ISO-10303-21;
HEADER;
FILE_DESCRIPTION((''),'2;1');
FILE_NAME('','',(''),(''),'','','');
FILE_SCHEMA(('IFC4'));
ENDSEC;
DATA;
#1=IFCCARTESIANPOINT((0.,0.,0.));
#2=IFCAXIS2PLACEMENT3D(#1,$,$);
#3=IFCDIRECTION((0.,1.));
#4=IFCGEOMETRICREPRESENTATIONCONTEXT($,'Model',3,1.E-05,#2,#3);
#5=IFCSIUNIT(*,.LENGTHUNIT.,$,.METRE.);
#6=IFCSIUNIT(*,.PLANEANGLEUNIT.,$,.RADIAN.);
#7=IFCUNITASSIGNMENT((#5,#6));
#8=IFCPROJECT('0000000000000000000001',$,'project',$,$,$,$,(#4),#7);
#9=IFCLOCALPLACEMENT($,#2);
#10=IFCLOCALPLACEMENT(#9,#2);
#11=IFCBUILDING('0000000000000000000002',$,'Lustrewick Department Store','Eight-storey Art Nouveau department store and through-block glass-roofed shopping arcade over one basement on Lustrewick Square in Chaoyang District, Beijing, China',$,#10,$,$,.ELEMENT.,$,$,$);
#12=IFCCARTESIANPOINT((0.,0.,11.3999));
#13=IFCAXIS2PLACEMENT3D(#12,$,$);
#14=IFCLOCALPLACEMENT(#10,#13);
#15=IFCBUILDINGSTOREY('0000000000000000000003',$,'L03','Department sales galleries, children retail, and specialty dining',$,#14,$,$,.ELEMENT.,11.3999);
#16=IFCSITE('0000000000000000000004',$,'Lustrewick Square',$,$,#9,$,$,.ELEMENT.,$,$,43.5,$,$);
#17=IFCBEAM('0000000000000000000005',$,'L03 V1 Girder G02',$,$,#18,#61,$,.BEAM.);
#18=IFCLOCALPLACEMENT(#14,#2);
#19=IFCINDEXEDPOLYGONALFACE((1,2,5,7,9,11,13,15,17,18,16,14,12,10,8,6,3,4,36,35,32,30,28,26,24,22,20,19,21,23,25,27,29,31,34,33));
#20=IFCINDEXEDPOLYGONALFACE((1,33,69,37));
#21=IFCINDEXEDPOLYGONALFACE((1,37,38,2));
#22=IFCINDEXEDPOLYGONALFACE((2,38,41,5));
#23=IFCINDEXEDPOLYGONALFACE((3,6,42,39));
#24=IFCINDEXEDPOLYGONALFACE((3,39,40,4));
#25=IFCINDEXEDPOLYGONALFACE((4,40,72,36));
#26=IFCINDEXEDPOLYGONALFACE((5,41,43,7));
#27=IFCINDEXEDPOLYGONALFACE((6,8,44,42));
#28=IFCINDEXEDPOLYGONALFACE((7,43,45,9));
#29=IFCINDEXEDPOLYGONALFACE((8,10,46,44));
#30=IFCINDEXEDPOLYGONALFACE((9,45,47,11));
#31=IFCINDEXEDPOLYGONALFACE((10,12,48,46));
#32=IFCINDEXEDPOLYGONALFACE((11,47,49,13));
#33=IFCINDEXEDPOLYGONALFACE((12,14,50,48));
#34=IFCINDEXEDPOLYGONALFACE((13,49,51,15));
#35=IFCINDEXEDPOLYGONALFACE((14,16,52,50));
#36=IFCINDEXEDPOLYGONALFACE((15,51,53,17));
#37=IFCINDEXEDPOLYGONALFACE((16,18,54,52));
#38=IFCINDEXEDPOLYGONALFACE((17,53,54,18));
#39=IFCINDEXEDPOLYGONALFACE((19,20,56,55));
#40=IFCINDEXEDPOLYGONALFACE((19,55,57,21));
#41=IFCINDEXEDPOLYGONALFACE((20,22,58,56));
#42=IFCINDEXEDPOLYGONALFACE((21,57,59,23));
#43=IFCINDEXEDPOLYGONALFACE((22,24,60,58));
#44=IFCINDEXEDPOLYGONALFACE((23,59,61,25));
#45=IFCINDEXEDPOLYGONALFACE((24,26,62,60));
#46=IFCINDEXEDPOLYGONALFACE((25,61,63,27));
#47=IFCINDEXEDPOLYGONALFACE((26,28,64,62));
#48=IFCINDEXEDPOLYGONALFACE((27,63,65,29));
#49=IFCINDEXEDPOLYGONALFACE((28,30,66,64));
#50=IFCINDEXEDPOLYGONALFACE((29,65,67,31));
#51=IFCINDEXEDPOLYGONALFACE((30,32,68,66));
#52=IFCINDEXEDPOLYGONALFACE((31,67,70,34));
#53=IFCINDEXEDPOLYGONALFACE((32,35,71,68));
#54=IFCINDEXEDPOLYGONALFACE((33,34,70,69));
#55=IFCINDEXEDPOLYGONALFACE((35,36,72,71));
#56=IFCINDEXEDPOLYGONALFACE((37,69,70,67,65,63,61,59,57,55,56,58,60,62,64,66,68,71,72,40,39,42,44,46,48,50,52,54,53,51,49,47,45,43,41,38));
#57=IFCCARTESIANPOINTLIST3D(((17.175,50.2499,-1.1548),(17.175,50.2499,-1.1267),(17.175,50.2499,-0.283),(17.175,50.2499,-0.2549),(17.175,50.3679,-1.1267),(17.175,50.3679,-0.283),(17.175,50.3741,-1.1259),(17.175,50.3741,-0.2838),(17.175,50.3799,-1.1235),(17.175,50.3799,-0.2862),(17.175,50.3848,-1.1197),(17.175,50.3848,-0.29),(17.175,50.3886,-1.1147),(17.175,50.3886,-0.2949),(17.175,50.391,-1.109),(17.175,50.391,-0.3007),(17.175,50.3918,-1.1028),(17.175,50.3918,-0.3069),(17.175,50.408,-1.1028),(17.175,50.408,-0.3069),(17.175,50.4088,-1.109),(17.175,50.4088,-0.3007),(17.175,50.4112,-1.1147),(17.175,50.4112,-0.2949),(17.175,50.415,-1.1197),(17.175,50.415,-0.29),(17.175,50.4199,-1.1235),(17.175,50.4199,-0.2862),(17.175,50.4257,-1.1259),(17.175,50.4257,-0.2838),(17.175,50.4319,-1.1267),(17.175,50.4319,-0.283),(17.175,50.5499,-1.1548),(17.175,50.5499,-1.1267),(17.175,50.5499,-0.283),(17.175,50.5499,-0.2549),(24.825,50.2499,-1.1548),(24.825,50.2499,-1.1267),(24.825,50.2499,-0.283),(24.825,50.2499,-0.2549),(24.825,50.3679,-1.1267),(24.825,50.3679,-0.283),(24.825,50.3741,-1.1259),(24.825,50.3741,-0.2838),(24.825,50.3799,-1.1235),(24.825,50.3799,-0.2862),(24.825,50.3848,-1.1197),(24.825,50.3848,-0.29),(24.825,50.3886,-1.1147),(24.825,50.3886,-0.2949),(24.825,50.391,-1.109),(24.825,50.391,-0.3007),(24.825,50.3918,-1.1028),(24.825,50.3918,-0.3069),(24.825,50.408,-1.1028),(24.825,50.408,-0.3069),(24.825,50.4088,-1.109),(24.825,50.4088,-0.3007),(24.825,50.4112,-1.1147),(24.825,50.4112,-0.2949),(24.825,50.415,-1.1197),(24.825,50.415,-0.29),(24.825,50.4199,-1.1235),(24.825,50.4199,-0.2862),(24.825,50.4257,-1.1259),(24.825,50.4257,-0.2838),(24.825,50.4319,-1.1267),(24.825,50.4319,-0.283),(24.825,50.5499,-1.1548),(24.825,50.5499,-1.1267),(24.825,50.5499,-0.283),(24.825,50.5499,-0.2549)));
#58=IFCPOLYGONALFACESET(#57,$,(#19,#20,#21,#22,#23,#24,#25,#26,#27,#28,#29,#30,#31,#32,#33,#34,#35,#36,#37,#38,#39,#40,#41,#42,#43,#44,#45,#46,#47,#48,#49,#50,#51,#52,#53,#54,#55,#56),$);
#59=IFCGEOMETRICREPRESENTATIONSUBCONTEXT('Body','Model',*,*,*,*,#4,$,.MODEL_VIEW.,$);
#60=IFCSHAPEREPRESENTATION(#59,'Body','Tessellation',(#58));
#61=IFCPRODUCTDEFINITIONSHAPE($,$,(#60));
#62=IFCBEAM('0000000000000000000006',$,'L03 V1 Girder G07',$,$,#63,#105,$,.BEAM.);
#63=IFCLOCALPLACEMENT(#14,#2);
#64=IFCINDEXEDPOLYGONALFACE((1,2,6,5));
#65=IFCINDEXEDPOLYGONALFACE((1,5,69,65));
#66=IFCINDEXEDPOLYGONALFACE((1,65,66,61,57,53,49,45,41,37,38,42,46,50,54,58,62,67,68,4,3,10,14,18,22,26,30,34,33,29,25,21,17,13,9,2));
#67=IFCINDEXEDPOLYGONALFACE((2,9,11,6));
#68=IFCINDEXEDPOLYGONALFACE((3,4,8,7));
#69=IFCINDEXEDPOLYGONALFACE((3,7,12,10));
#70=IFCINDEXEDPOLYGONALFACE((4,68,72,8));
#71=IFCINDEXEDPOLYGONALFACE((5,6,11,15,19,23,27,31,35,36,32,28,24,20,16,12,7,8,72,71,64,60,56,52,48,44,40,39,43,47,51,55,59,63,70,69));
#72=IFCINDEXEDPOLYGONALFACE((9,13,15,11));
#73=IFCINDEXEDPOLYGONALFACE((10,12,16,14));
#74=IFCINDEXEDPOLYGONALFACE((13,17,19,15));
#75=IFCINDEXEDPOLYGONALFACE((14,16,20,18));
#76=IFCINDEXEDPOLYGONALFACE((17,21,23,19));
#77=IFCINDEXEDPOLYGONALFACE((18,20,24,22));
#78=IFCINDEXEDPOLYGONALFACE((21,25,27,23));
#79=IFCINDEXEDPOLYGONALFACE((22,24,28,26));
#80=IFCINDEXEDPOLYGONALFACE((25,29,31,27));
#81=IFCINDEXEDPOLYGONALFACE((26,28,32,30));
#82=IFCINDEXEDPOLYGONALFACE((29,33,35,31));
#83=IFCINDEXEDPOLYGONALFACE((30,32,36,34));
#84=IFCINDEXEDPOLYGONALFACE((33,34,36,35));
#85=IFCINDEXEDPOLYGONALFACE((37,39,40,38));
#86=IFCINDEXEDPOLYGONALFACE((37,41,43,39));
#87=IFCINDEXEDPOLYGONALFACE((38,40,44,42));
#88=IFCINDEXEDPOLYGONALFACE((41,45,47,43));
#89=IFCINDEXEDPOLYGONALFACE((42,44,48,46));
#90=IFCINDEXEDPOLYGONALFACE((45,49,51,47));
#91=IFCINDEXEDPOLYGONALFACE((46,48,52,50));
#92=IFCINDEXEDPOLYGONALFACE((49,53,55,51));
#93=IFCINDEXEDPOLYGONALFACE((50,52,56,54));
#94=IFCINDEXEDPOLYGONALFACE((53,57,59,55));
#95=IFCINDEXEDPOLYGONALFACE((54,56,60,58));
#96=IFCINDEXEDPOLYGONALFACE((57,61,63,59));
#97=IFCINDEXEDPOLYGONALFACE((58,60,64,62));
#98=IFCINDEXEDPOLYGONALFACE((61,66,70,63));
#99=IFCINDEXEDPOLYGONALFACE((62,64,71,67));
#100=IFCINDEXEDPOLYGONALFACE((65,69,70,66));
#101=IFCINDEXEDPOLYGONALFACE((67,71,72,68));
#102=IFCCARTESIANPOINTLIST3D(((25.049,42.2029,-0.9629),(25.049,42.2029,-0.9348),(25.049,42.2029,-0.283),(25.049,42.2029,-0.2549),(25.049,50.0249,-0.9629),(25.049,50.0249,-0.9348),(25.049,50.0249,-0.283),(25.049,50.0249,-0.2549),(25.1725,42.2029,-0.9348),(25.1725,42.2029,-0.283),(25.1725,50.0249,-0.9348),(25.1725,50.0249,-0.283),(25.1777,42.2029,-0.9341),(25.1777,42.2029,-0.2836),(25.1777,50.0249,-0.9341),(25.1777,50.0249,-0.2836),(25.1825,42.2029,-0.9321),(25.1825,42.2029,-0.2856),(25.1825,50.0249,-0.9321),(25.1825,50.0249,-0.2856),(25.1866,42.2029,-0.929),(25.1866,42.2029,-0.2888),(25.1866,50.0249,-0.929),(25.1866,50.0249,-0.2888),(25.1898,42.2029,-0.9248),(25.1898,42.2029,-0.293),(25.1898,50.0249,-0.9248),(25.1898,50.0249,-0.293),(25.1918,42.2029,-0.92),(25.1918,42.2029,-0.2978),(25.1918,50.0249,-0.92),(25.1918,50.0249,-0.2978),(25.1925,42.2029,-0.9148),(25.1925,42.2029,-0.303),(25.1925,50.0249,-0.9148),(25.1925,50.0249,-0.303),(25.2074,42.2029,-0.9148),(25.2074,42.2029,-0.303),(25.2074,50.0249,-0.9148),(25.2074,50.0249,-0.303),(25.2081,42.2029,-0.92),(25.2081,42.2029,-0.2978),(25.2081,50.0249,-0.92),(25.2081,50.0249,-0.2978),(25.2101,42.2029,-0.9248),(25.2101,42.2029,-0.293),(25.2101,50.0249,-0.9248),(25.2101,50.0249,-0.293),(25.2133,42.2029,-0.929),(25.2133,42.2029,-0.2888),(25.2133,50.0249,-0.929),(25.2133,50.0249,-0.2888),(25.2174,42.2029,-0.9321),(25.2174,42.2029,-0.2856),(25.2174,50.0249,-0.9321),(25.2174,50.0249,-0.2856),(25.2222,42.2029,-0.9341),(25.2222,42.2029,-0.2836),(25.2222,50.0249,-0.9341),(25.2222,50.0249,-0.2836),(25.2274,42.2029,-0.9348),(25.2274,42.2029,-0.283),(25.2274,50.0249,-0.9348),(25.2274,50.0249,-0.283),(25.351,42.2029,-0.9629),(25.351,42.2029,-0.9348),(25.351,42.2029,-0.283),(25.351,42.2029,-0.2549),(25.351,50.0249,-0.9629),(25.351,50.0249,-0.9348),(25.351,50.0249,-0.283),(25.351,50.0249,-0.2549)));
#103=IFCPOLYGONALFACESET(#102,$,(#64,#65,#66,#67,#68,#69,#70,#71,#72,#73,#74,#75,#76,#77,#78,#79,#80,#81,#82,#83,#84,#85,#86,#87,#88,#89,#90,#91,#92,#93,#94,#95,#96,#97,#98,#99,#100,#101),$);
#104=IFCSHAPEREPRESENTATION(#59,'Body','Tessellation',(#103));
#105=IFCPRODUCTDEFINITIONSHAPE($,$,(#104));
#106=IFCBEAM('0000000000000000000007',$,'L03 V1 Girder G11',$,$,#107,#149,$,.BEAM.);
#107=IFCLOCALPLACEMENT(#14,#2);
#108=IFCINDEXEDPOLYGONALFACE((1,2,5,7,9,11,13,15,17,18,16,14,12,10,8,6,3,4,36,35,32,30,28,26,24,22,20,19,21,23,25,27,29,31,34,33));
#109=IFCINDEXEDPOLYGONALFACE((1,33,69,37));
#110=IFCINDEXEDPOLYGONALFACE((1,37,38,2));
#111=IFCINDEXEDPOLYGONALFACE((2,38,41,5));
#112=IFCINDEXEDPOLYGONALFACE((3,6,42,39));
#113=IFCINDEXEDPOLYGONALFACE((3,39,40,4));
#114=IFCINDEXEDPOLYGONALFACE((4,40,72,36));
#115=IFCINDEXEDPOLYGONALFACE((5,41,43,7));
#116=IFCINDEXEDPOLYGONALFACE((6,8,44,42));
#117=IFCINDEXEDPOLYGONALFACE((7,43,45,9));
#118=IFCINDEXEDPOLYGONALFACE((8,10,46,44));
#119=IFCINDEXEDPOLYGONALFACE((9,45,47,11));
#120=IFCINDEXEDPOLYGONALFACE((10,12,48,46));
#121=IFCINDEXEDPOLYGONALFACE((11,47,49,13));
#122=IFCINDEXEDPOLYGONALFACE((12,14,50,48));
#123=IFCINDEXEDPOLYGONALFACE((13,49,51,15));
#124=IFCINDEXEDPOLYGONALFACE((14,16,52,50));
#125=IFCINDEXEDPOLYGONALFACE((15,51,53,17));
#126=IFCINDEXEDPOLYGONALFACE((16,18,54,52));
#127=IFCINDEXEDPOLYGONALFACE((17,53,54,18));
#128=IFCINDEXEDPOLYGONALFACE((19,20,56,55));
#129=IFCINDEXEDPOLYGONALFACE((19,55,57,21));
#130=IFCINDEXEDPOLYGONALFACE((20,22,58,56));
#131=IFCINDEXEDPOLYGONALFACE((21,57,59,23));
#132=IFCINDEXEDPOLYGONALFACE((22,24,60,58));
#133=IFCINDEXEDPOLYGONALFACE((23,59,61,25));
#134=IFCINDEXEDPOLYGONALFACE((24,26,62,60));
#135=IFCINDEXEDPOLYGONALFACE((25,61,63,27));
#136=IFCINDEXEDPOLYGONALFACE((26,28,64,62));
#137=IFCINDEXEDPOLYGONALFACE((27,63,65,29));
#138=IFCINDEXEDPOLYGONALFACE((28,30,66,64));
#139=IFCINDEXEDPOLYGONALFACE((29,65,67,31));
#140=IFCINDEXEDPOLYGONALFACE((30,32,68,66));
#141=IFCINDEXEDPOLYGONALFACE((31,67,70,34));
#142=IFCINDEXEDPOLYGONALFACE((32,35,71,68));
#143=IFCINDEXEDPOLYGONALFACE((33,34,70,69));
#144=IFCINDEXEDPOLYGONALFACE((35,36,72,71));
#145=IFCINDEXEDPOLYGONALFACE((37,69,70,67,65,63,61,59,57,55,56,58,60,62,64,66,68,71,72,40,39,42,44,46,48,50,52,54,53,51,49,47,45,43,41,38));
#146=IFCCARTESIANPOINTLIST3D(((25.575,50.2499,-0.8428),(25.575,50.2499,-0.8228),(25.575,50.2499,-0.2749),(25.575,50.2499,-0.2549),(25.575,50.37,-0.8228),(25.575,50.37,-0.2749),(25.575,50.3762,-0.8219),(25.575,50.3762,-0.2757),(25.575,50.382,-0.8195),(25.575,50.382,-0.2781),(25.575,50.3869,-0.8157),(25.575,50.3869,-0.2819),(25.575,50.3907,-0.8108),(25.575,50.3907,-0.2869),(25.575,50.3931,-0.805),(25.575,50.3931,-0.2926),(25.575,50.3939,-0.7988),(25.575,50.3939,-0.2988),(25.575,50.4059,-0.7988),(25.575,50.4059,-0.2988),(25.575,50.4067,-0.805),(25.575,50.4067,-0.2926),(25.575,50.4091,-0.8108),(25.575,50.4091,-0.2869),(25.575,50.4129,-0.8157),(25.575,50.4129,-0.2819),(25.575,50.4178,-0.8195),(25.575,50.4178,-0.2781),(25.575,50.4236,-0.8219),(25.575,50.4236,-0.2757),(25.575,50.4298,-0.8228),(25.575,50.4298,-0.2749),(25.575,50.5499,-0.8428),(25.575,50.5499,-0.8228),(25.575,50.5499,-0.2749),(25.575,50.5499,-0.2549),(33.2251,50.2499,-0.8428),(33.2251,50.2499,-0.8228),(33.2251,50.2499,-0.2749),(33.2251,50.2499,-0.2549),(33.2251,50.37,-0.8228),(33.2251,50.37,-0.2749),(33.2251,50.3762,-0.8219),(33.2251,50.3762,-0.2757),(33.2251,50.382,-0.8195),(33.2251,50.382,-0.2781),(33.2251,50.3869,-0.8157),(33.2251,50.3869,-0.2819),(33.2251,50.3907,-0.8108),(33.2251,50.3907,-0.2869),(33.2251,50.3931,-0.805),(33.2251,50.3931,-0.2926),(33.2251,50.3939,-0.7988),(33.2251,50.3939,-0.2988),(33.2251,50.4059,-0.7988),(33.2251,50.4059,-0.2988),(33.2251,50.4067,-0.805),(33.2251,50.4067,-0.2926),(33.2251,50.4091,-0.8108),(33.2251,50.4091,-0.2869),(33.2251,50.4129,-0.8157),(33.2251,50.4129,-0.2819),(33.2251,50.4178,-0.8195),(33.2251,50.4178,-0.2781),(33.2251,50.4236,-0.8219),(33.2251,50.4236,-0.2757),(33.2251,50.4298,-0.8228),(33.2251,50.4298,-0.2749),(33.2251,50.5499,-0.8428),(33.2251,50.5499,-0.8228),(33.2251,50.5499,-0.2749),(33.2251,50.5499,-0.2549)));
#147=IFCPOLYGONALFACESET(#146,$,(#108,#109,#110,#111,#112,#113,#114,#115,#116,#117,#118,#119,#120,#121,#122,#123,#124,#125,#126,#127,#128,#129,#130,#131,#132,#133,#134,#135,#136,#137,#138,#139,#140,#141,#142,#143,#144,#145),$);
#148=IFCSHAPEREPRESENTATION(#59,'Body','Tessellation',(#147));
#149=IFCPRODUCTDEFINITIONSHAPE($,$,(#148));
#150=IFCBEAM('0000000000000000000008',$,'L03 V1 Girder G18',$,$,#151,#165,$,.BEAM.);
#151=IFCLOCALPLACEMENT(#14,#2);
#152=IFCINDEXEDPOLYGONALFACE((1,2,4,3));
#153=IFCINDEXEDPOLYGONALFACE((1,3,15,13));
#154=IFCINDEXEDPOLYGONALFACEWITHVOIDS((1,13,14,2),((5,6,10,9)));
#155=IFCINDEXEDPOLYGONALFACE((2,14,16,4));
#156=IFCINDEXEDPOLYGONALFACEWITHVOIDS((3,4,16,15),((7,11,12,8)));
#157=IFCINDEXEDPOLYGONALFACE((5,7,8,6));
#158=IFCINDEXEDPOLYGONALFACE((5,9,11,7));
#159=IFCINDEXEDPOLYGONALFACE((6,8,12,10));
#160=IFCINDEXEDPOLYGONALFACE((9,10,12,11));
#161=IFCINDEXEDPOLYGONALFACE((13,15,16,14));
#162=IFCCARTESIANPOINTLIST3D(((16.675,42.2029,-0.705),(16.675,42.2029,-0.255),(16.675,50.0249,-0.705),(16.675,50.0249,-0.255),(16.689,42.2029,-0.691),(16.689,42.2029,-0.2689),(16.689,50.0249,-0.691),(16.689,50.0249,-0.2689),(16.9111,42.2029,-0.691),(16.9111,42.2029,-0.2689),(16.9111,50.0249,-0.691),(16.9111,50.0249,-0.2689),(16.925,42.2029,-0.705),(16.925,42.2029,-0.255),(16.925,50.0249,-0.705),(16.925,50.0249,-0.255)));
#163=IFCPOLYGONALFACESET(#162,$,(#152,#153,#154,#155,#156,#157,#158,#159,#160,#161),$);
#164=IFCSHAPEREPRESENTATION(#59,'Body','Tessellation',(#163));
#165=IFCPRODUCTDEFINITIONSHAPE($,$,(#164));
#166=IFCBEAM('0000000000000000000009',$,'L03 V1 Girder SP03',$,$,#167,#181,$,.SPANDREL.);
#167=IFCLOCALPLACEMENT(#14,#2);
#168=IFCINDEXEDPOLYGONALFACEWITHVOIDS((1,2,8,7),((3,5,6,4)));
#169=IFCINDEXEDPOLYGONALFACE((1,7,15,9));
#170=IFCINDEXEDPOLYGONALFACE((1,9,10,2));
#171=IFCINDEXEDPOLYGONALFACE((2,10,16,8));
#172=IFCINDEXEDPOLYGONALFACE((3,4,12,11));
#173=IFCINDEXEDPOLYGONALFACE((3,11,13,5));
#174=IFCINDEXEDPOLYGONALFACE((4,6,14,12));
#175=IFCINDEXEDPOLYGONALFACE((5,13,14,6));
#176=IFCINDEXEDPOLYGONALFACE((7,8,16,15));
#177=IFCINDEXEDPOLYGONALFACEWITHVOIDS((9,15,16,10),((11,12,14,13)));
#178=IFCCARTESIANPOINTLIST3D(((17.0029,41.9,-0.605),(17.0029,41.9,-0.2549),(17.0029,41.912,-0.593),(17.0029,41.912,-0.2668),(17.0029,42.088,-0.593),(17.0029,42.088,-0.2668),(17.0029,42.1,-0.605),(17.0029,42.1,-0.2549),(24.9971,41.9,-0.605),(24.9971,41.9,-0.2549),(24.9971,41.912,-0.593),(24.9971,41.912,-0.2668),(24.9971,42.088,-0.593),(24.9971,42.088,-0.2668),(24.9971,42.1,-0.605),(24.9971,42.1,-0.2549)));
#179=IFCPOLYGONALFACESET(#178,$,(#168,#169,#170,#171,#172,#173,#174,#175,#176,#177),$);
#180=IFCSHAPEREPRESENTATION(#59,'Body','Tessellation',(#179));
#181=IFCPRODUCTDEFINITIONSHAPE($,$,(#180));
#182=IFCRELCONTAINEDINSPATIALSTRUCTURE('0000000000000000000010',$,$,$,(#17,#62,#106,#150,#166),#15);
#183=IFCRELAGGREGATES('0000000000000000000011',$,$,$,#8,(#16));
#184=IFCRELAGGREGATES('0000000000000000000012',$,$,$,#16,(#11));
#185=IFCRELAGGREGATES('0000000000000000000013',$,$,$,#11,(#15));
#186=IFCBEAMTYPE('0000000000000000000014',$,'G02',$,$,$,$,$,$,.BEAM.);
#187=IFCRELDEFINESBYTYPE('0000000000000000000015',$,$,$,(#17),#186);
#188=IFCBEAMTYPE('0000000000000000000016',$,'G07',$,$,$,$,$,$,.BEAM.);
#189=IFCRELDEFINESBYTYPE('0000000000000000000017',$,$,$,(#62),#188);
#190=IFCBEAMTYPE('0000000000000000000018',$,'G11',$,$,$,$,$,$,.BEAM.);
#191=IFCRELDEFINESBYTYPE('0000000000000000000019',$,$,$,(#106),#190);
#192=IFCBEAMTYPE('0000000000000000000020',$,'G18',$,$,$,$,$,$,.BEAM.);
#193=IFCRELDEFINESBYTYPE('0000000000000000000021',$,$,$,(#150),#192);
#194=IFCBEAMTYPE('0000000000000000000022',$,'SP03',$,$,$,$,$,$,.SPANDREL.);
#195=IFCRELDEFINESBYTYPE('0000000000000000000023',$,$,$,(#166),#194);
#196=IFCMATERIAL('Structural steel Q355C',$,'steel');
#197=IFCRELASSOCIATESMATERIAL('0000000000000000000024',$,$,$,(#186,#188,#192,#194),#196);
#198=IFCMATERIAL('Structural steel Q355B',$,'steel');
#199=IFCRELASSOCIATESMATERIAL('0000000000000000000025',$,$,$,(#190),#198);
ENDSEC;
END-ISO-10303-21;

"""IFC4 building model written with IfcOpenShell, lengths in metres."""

from ifc_helpers import new_model, si_unit, direction, frame, origin, origin_2d, place, context, subcontext, project, spatial, hollow_rectangle, i_section, extrude, material, material_profile, profile_set, type_object, element, save


model = new_model("IFC4")

# Units and contexts
model_context = context("Model", 3, precision=1e-05, world=origin(), true_north=direction((0.0, 1.0)))
body_context = subcontext(model_context, "Body", "Model", "MODEL_VIEW")
ifc_project = project(units=[si_unit("LENGTHUNIT", "METRE"), si_unit("PLANEANGLEUNIT", "RADIAN")], contexts=[model_context])

# Site, building, storey
site_placement = place(None, origin())
site = spatial("IfcSite", under=ifc_project, at=site_placement, Name="Lustrewick Square", CompositionType="ELEMENT", RefElevation=43.5)
building_placement = place(site_placement, origin())
building = spatial("IfcBuilding", under=site, at=building_placement, Name="Lustrewick Department Store", Description="Eight-storey Art Nouveau department store and through-block glass-roofed shopping arcade over one basement on Lustrewick Square in Chaoyang District, Beijing, China", CompositionType="ELEMENT")
storey_placement = place(building_placement, frame((0.0, 0.0, 11.3999)))
storey = spatial("IfcBuildingStorey", under=building, at=storey_placement, Name="L03", Description="Department sales galleries, children retail, and specialty dining", CompositionType="ELEMENT", Elevation=11.3999)

# Shared definitions
ifc_material_1 = material(Name="Structural steel Q355B", Category="steel")
ifc_material_2 = material(Name="Structural steel Q355C", Category="steel")

# Beams
ifc_material_profile_1 = material_profile(ifc_material_2, i_section(OverallWidth=0.3, OverallDepth=0.8999, WebThickness=0.0161, FlangeThickness=0.0281, FilletRadius=0.0239, at=origin_2d()), Name="HN 900x300x16x28")
ifc_profile_set_1 = profile_set([ifc_material_profile_1], Name="Structural steel Q355C")
beam_type_1 = type_object("IfcBeamType", Name="G02", PredefinedType="BEAM", material=ifc_profile_set_1)
beam_1_placement = place(storey_placement, frame((17.175, 50.3999, -0.7048), z_axis=(1.0, 0.0, 0.0), x_axis=(0.0, 1.0, 0.0)))
element("IfcBeam", 1, at=beam_1_placement, inside=storey, type_object=beam_type_1, Name="L03 V1 Girder G02", PredefinedType="BEAM", context=body_context, shape_type="SweptSolid", body=[
    extrude(i_section(OverallWidth=0.3, OverallDepth=0.8999, WebThickness=0.0161, FlangeThickness=0.0281, FilletRadius=0.0239, at=origin_2d()), origin(), (0.0, 0.0, 1.0), 7.6499),
])
ifc_material_profile_2 = material_profile(ifc_material_2, i_section(OverallWidth=0.302, OverallDepth=0.708, WebThickness=0.0149, FlangeThickness=0.0281, FilletRadius=0.02, at=origin_2d()), Name="HN 708x302x15x28")
ifc_profile_set_2 = profile_set([ifc_material_profile_2], Name="Structural steel Q355C")
beam_type_2 = type_object("IfcBeamType", Name="G07", PredefinedType="BEAM", material=ifc_profile_set_2)
beam_2_placement = place(storey_placement, frame((25.2, 42.2029, -0.6089), z_axis=(0.0, 1.0, 0.0), x_axis=(-1.0, 0.0, 0.0)))
element("IfcBeam", 2, at=beam_2_placement, inside=storey, type_object=beam_type_2, Name="L03 V1 Girder G07", PredefinedType="BEAM", context=body_context, shape_type="SweptSolid", body=[
    extrude(i_section(OverallWidth=0.302, OverallDepth=0.708, WebThickness=0.0149, FlangeThickness=0.0281, FilletRadius=0.02, at=origin_2d()), origin(), (0.0, 0.0, 1.0), 7.822),
])
ifc_material_profile_3 = material_profile(ifc_material_1, i_section(OverallWidth=0.3, OverallDepth=0.5879, WebThickness=0.012, FlangeThickness=0.02, FilletRadius=0.0239, at=origin_2d()), Name="HM 588x300x12x20")
ifc_profile_set_3 = profile_set([ifc_material_profile_3], Name="Structural steel Q355B")
beam_type_3 = type_object("IfcBeamType", Name="G11", PredefinedType="BEAM", material=ifc_profile_set_3)
beam_3_placement = place(storey_placement, frame((25.575, 50.3999, -0.5488), z_axis=(1.0, 0.0, 0.0), x_axis=(0.0, 1.0, 0.0)))
element("IfcBeam", 3, at=beam_3_placement, inside=storey, type_object=beam_type_3, Name="L03 V1 Girder G11", PredefinedType="BEAM", context=body_context, shape_type="SweptSolid", body=[
    extrude(i_section(OverallWidth=0.3, OverallDepth=0.5879, WebThickness=0.012, FlangeThickness=0.02, FilletRadius=0.0239, at=origin_2d()), origin(), (0.0, 0.0, 1.0), 7.6501),
])
ifc_material_profile_4 = material_profile(ifc_material_2, hollow_rectangle(XDim=0.25, YDim=0.45, WallThickness=0.0139, at=origin_2d()), Name="RHS 450x250x14")
ifc_profile_set_4 = profile_set([ifc_material_profile_4], Name="Structural steel Q355C")
beam_type_4 = type_object("IfcBeamType", Name="G18", PredefinedType="BEAM", material=ifc_profile_set_4)
beam_4_placement = place(storey_placement, frame((16.8, 42.2029, -0.48), z_axis=(0.0, 1.0, 0.0), x_axis=(-1.0, 0.0, 0.0)))
element("IfcBeam", 4, at=beam_4_placement, inside=storey, type_object=beam_type_4, Name="L03 V1 Girder G18", PredefinedType="BEAM", context=body_context, shape_type="SweptSolid", body=[
    extrude(hollow_rectangle(XDim=0.25, YDim=0.45, WallThickness=0.0139, at=origin_2d()), origin(), (0.0, 0.0, 1.0), 7.822),
])
ifc_material_profile_5 = material_profile(ifc_material_2, hollow_rectangle(XDim=0.2, YDim=0.3501, WallThickness=0.012, at=origin_2d()), Name="RHS 350x200x12")
ifc_profile_set_5 = profile_set([ifc_material_profile_5], Name="Structural steel Q355C")
beam_type_5 = type_object("IfcBeamType", Name="SP03", PredefinedType="SPANDREL", material=ifc_profile_set_5)
beam_5_placement = place(storey_placement, frame((17.0029, 42.0, -0.4299), z_axis=(1.0, 0.0, 0.0), x_axis=(0.0, 1.0, 0.0)))
element("IfcBeam", 5, at=beam_5_placement, inside=storey, type_object=beam_type_5, Name="L03 V1 Girder SP03", PredefinedType="SPANDREL", context=body_context, shape_type="SweptSolid", body=[
    extrude(hollow_rectangle(XDim=0.2, YDim=0.3501, WallThickness=0.012, at=origin_2d()), origin(), (0.0, 0.0, 1.0), 7.9941),
])

save(model, "model.ifc")
